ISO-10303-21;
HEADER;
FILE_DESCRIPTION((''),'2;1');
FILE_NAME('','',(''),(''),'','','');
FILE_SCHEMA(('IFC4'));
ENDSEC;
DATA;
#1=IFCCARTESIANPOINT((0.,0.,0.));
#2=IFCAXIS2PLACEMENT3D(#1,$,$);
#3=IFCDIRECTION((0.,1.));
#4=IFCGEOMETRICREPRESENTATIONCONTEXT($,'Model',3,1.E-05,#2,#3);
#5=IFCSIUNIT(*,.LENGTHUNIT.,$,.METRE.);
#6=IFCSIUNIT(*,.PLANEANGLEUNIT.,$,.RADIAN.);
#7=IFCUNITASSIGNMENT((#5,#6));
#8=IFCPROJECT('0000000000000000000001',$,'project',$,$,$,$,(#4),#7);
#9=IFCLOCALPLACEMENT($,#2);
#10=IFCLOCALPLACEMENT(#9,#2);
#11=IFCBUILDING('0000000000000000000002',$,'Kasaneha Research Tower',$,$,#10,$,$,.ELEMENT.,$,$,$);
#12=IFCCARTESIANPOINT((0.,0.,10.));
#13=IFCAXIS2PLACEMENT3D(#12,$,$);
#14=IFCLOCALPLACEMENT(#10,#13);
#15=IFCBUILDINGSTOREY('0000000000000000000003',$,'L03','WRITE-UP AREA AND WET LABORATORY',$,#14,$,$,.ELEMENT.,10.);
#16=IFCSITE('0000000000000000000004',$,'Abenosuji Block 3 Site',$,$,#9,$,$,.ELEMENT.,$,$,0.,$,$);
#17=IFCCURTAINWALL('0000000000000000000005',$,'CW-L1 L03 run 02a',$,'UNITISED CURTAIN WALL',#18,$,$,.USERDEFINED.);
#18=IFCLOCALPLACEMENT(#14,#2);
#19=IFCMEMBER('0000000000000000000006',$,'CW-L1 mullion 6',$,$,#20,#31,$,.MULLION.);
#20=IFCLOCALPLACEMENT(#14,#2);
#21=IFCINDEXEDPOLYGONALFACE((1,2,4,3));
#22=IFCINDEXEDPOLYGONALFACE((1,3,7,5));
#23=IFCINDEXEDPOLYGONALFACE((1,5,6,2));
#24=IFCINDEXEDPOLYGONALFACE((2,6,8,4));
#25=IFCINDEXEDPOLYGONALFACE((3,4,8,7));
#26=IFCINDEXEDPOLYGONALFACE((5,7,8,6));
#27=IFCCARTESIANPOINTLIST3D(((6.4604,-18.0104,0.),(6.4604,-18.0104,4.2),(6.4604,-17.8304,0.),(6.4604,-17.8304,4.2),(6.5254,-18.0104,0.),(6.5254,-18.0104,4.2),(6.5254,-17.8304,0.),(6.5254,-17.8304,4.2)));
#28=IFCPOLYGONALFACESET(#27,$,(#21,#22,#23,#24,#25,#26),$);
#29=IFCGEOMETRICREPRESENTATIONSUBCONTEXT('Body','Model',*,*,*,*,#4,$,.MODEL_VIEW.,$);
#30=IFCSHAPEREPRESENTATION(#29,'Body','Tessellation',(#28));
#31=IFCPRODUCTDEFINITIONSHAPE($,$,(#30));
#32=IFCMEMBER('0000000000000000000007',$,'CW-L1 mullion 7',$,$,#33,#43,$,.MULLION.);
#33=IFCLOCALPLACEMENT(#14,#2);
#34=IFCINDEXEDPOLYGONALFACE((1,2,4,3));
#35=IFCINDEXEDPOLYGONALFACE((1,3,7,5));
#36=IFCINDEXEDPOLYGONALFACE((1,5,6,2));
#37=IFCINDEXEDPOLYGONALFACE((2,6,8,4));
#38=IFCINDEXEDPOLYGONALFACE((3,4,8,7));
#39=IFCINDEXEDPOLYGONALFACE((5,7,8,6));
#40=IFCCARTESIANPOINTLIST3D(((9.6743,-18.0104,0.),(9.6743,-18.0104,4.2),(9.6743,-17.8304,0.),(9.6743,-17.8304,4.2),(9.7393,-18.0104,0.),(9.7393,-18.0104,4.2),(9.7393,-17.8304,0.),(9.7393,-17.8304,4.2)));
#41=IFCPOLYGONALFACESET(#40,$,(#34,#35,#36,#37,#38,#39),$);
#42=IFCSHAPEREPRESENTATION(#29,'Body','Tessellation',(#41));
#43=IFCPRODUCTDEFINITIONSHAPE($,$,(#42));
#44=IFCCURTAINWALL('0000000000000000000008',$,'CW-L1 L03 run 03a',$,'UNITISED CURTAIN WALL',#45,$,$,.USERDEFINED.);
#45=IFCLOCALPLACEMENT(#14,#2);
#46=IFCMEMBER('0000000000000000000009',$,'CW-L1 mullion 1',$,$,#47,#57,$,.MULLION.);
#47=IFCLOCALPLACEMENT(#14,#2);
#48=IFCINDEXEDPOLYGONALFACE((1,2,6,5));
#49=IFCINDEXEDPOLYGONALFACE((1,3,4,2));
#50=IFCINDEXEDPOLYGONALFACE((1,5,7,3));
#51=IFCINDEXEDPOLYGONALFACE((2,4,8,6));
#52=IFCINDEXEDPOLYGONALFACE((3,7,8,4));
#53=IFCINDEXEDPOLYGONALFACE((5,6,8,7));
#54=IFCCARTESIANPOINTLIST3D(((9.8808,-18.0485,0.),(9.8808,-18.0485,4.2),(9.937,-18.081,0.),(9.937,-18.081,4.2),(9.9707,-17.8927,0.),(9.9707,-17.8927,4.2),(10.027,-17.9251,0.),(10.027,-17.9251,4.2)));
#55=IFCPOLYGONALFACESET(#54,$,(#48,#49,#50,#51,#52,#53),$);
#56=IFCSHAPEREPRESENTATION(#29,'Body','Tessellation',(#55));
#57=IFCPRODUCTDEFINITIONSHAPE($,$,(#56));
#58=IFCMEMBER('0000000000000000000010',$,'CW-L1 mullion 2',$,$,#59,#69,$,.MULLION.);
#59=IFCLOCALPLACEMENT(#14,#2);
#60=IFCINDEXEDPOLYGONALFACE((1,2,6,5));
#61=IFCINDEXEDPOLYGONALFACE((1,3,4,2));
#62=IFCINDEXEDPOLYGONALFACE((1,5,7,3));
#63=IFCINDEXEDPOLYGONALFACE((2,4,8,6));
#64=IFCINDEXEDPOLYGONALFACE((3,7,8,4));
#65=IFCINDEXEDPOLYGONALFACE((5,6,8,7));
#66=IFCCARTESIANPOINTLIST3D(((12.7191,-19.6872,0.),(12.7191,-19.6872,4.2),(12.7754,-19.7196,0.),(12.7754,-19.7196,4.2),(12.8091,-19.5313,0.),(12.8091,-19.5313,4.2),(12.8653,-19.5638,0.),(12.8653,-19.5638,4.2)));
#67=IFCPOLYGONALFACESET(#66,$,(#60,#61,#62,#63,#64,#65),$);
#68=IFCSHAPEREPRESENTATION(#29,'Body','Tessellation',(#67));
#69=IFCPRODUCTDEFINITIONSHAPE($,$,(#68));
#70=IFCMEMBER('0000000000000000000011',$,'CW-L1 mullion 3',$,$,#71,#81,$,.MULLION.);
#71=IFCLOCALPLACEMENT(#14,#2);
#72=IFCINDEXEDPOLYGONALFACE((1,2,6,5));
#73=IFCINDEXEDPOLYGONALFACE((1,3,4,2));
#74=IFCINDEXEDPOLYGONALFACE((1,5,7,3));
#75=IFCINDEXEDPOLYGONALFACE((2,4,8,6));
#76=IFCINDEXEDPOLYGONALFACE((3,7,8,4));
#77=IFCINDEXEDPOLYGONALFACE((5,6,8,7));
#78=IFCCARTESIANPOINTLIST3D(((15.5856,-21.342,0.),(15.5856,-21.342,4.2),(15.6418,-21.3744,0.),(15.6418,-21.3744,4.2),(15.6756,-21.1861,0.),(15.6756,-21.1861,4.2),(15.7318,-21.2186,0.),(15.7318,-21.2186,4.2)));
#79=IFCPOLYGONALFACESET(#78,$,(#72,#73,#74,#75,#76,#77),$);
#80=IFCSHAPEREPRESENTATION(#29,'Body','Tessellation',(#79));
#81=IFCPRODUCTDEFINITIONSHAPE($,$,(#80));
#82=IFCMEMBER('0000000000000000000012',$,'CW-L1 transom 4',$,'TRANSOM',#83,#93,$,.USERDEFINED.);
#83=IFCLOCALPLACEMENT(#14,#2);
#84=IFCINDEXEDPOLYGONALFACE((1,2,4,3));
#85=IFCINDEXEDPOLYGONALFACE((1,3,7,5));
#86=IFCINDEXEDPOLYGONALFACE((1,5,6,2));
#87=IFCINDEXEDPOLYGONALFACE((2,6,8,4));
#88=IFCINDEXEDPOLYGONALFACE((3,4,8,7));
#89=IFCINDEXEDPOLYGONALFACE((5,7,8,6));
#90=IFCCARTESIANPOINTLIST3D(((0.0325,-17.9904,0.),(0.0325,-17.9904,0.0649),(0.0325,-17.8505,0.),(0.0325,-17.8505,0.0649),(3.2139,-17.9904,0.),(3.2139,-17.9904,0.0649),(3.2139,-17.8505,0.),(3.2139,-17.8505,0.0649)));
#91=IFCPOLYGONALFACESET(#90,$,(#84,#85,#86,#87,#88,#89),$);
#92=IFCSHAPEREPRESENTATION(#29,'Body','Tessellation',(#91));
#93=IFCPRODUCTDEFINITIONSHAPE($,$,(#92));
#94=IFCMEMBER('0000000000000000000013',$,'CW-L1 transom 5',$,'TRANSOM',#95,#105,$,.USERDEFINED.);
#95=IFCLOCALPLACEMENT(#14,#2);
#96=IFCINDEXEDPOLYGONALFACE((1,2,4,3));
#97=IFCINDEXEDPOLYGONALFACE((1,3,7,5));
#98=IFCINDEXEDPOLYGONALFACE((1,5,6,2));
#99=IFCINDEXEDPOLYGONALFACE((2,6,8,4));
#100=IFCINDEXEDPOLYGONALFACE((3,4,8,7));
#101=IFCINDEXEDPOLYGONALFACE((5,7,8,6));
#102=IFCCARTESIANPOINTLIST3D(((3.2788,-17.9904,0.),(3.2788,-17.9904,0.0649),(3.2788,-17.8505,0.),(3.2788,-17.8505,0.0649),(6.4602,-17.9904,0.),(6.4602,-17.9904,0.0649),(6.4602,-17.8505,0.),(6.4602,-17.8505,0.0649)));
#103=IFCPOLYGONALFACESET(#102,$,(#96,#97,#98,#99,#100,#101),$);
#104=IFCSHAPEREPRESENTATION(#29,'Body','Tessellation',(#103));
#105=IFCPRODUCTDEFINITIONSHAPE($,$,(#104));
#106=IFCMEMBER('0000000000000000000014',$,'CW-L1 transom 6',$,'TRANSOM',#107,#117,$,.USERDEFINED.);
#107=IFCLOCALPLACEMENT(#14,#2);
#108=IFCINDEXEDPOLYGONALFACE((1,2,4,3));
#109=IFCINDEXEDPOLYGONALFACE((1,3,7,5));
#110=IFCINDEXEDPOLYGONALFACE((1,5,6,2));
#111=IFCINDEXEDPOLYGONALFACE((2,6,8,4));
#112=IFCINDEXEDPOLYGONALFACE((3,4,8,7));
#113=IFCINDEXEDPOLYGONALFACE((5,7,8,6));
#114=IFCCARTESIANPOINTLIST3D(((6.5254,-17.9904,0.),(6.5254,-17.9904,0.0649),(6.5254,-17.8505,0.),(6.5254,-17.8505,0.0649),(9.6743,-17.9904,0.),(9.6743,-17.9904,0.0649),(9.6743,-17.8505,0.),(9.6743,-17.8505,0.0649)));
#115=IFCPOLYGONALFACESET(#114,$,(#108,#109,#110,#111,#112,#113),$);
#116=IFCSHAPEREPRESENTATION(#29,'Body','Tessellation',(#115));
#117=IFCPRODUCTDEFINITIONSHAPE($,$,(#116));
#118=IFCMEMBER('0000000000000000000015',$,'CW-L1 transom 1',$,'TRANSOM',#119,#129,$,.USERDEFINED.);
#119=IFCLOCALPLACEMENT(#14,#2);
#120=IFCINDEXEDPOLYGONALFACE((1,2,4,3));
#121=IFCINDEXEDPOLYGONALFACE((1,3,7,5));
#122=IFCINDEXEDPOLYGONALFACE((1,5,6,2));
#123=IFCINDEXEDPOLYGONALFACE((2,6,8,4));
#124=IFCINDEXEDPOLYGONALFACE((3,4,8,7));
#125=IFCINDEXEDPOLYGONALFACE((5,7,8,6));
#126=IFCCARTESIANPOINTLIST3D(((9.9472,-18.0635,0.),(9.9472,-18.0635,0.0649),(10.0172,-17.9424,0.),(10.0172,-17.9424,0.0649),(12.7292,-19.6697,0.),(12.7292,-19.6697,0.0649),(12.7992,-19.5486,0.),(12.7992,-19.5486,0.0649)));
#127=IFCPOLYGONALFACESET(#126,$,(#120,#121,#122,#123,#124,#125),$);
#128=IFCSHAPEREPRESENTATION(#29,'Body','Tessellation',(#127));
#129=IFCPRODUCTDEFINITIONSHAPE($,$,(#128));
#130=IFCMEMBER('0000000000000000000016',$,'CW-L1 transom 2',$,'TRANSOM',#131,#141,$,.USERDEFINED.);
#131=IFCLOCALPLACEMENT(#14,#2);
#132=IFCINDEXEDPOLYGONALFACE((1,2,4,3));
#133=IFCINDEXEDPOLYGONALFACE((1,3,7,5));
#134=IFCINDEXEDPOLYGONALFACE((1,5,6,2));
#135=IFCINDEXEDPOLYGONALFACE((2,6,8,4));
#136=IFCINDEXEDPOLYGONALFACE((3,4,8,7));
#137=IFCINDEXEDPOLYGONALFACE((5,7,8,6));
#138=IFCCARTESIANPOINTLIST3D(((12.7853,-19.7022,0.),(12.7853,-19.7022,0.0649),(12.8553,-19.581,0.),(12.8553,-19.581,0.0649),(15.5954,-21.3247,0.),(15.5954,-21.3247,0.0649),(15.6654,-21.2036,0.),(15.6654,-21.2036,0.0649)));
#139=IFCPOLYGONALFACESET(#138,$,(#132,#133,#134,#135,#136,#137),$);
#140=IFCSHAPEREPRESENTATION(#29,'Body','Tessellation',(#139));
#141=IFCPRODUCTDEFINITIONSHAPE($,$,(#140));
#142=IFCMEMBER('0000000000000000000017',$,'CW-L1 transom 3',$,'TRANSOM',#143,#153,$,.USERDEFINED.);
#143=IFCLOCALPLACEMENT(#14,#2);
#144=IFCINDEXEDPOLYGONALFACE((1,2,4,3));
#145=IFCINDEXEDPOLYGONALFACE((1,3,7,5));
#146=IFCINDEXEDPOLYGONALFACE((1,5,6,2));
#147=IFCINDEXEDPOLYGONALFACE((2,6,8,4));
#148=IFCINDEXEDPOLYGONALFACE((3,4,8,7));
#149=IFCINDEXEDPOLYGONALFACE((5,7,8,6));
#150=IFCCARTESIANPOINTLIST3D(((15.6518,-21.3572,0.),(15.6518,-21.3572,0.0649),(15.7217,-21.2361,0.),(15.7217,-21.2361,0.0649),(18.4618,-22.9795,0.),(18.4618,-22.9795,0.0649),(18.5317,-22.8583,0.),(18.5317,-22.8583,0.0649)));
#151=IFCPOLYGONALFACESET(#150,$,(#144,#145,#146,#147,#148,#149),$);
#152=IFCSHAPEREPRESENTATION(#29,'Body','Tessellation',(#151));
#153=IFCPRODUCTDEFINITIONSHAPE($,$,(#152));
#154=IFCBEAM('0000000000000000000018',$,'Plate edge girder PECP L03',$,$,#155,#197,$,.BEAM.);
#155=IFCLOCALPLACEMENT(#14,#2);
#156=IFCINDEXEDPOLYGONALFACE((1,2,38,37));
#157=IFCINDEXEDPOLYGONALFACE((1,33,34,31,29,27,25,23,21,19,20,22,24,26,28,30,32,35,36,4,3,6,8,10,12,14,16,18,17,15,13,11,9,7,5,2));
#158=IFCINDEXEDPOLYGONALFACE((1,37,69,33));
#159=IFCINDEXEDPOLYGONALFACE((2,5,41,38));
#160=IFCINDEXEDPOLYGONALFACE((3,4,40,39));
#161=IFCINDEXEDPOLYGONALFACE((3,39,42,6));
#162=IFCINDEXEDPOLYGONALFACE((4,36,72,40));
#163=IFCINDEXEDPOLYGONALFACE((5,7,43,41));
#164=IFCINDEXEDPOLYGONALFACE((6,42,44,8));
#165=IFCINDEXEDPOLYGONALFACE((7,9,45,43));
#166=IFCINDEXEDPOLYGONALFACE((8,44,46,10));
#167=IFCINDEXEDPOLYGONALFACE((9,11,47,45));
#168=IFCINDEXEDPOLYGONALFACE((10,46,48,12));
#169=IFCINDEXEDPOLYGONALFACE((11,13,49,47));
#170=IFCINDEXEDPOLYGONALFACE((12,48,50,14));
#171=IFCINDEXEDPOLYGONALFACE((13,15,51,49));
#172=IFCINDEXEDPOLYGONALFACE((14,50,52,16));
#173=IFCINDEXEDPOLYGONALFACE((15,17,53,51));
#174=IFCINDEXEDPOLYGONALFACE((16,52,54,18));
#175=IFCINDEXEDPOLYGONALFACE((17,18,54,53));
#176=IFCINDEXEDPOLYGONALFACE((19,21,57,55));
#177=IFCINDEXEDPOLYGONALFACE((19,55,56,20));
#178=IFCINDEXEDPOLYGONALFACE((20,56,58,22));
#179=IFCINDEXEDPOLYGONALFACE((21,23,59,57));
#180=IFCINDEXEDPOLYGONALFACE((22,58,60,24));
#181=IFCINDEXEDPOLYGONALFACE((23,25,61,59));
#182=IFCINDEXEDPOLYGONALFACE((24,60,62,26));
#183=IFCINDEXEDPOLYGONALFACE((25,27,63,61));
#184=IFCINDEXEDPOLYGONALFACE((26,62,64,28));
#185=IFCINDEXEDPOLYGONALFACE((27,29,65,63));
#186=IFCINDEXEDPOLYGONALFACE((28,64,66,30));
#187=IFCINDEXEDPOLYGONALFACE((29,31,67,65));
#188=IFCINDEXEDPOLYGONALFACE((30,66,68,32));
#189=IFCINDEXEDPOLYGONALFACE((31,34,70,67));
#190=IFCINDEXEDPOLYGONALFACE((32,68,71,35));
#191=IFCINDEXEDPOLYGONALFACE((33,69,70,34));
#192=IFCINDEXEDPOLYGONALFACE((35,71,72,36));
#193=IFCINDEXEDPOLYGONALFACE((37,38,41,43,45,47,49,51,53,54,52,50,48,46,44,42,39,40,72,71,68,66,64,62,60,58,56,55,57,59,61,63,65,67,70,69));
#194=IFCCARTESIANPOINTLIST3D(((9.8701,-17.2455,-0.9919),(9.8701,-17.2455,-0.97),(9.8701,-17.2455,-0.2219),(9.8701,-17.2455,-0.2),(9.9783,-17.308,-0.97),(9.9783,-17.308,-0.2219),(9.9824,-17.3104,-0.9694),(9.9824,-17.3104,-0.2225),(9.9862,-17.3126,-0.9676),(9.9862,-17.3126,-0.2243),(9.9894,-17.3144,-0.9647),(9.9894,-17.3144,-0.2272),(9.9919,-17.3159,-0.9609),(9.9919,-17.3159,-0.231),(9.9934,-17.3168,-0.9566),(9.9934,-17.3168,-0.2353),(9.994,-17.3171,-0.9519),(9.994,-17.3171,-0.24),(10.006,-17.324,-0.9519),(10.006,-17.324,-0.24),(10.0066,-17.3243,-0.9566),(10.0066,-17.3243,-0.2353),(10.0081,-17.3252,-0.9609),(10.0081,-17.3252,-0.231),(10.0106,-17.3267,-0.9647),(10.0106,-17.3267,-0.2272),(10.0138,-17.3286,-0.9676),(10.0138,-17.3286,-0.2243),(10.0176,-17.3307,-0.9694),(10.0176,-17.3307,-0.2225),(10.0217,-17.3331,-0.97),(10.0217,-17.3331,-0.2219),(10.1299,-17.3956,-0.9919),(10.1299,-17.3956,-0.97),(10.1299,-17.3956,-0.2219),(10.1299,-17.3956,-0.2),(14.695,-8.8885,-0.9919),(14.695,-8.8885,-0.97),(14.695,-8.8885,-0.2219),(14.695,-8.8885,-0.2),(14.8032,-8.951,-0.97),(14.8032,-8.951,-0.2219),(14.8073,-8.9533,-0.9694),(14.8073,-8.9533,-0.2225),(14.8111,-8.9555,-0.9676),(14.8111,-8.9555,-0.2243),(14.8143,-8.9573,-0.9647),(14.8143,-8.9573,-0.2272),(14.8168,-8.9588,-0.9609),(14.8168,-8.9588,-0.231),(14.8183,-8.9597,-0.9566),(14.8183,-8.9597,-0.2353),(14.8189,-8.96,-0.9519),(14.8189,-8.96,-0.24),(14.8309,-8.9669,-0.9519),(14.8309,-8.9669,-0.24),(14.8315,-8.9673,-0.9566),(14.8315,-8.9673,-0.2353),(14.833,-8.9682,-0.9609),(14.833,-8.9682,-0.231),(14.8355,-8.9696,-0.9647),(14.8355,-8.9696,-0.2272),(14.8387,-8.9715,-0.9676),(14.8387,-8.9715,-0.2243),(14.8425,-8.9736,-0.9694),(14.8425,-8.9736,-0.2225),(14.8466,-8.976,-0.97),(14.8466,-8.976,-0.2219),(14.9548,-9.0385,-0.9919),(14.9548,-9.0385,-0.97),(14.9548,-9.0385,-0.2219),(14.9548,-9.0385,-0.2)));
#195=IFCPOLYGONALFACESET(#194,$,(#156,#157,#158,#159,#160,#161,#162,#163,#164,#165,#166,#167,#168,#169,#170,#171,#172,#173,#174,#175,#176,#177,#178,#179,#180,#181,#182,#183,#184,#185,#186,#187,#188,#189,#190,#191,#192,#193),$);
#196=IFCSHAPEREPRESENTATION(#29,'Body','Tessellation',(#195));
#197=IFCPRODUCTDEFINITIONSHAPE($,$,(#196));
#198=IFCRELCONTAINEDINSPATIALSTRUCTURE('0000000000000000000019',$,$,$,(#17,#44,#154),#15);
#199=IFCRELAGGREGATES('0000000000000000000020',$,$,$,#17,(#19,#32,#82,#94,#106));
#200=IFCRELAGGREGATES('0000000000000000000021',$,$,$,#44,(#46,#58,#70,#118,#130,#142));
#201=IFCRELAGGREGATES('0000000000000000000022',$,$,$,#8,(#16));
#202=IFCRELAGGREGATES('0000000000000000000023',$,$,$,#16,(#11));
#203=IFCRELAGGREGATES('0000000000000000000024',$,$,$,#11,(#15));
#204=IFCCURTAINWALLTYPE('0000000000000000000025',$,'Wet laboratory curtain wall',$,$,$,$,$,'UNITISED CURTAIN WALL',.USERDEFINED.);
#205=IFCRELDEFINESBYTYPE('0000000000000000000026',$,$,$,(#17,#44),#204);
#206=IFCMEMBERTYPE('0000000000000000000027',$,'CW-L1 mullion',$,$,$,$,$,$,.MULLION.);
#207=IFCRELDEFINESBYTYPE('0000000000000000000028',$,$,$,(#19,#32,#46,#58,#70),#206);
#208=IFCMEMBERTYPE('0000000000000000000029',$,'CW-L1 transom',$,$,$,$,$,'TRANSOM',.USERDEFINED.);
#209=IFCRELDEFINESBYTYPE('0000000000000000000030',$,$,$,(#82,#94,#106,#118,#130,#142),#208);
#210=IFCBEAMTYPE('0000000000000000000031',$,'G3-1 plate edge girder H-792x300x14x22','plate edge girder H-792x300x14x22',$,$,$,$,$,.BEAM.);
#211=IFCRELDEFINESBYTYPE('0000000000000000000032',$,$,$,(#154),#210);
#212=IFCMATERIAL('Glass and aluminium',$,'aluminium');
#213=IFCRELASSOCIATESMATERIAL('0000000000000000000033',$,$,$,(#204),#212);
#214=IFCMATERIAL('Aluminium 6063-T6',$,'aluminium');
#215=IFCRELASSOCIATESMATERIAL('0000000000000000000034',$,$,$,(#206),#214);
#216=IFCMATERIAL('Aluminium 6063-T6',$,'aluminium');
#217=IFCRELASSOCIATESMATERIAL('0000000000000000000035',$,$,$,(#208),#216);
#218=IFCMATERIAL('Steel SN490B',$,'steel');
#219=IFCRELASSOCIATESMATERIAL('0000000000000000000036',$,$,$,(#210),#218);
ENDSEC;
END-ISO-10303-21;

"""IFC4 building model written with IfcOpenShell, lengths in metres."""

from ifc_helpers import new_model, si_unit, direction, frame, origin, origin_2d, place, context, subcontext, project, spatial, rectangle, i_section, extrude, material, material_profile, profile_set, type_object, element, aggregate, save


model = new_model("IFC4")

# Units and contexts
model_context = context("Model", 3, precision=1e-05, world=origin(), true_north=direction((0.0, 1.0)))
body_context = subcontext(model_context, "Body", "Model", "MODEL_VIEW")
ifc_project = project(units=[si_unit("LENGTHUNIT", "METRE"), si_unit("PLANEANGLEUNIT", "RADIAN")], contexts=[model_context])

# Site, building, storey
site_placement = place(None, origin())
site = spatial("IfcSite", under=ifc_project, at=site_placement, Name="Abenosuji Block 3 Site", CompositionType="ELEMENT", RefElevation=0.0)
building_placement = place(site_placement, origin())
building = spatial("IfcBuilding", under=site, at=building_placement, Name="Kasaneha Research Tower", CompositionType="ELEMENT")
storey_placement = place(building_placement, frame((0.0, 0.0, 10.0)))
storey = spatial("IfcBuildingStorey", under=building, at=storey_placement, Name="L03", Description="WRITE-UP AREA AND WET LABORATORY", CompositionType="ELEMENT", Elevation=10.0)

# Curtain walls, members
ifc_material_1 = material(Name="Glass and aluminium", Category="aluminium")
curtain_wall_type = type_object("IfcCurtainWallType", Name="Wet laboratory curtain wall", ElementType="UNITISED CURTAIN WALL", PredefinedType="USERDEFINED", material=ifc_material_1)
curtain_wall_1_placement = place(storey_placement, origin())
curtain_wall_1 = element("IfcCurtainWall", 1, at=curtain_wall_1_placement, inside=storey, type_object=curtain_wall_type, Name="CW-L1 L03 run 02a", ObjectType="UNITISED CURTAIN WALL", PredefinedType="USERDEFINED")
ifc_material_2 = material(Name="Aluminium 6063-T6", Category="aluminium")
ifc_material_profile_1 = material_profile(ifc_material_2, rectangle(XDim=0.0649, YDim=0.1799, at=origin_2d()), Name="CW-L1 mullion 65x180")
ifc_profile_set_1 = profile_set([ifc_material_profile_1], Name="Aluminium 6063-T6")
member_type_1 = type_object("IfcMemberType", Name="CW-L1 mullion", PredefinedType="MULLION", material=ifc_profile_set_1)
member_1_placement = place(storey_placement, frame((6.4929, -17.9204, 0.0), z_axis=(0.0, 0.0, 1.0), x_axis=(1.0, 0.0, 0.0)))
member_1 = element("IfcMember", 2, at=member_1_placement, type_object=member_type_1, Name="CW-L1 mullion 6", PredefinedType="MULLION", context=body_context, shape_type="SweptSolid", body=[
    extrude(rectangle(XDim=0.0649, YDim=0.1799, at=origin_2d()), origin(), (0.0, 0.0, 1.0), 4.2),
])
member_2_placement = place(storey_placement, frame((9.7068, -17.9204, 0.0), z_axis=(0.0, 0.0, 1.0), x_axis=(1.0, 0.0, 0.0)))
member_2 = element("IfcMember", 3, at=member_2_placement, type_object=member_type_1, Name="CW-L1 mullion 7", PredefinedType="MULLION", context=body_context, shape_type="SweptSolid", body=[
    extrude(rectangle(XDim=0.0649, YDim=0.1799, at=origin_2d()), origin(), (0.0, 0.0, 1.0), 4.2),
])
curtain_wall_2_placement = place(storey_placement, origin())
curtain_wall_2 = element("IfcCurtainWall", 4, at=curtain_wall_2_placement, inside=storey, type_object=curtain_wall_type, Name="CW-L1 L03 run 03a", ObjectType="UNITISED CURTAIN WALL", PredefinedType="USERDEFINED")
member_3_placement = place(storey_placement, frame((9.9539, -17.9868, 0.0), z_axis=(0.0, 0.0, 1.0), x_axis=(0.866025, -0.5, 0.0)))
member_3 = element("IfcMember", 5, at=member_3_placement, type_object=member_type_1, Name="CW-L1 mullion 1", PredefinedType="MULLION", context=body_context, shape_type="SweptSolid", body=[
    extrude(rectangle(XDim=0.0649, YDim=0.1799, at=origin_2d()), origin(), (0.0, 0.0, 1.0), 4.2),
])
member_4_placement = place(storey_placement, frame((12.7922, -19.6255, 0.0), z_axis=(0.0, 0.0, 1.0), x_axis=(0.866025, -0.5, 0.0)))
member_4 = element("IfcMember", 6, at=member_4_placement, type_object=member_type_1, Name="CW-L1 mullion 2", PredefinedType="MULLION", context=body_context, shape_type="SweptSolid", body=[
    extrude(rectangle(XDim=0.0649, YDim=0.1799, at=origin_2d()), origin(), (0.0, 0.0, 1.0), 4.2),
])
member_5_placement = place(storey_placement, frame((15.6587, -21.2803, 0.0), z_axis=(0.0, 0.0, 1.0), x_axis=(0.866025, -0.5, 0.0)))
member_5 = element("IfcMember", 7, at=member_5_placement, type_object=member_type_1, Name="CW-L1 mullion 3", PredefinedType="MULLION", context=body_context, shape_type="SweptSolid", body=[
    extrude(rectangle(XDim=0.0649, YDim=0.1799, at=origin_2d()), origin(), (0.0, 0.0, 1.0), 4.2),
])

# Members
ifc_material_3 = material(Name="Aluminium 6063-T6", Category="aluminium")
ifc_material_profile_2 = material_profile(ifc_material_3, rectangle(XDim=0.1399, YDim=0.0649, at=origin_2d()), Name="CW-L1 transom 140x65")
ifc_profile_set_2 = profile_set([ifc_material_profile_2], Name="Aluminium 6063-T6")
member_type_2 = type_object("IfcMemberType", Name="CW-L1 transom", ElementType="TRANSOM", PredefinedType="USERDEFINED", material=ifc_profile_set_2)
member_6_placement = place(storey_placement, frame((0.0325, -17.9204, 0.0325), z_axis=(1.0, 0.0, 0.0), x_axis=(0.0, 1.0, 0.0)))
member_6 = element("IfcMember", 8, at=member_6_placement, type_object=member_type_2, Name="CW-L1 transom 4", ObjectType="TRANSOM", PredefinedType="USERDEFINED", context=body_context, shape_type="SweptSolid", body=[
    extrude(rectangle(XDim=0.1399, YDim=0.0649, at=origin_2d()), origin(), (0.0, 0.0, 1.0), 3.1814),
])
member_7_placement = place(storey_placement, frame((3.2788, -17.9204, 0.0325), z_axis=(1.0, 0.0, 0.0), x_axis=(0.0, 1.0, 0.0)))
member_7 = element("IfcMember", 9, at=member_7_placement, type_object=member_type_2, Name="CW-L1 transom 5", ObjectType="TRANSOM", PredefinedType="USERDEFINED", context=body_context, shape_type="SweptSolid", body=[
    extrude(rectangle(XDim=0.1399, YDim=0.0649, at=origin_2d()), origin(), (0.0, 0.0, 1.0), 3.1814),
])
member_8_placement = place(storey_placement, frame((6.5254, -17.9204, 0.0325), z_axis=(1.0, 0.0, 0.0), x_axis=(0.0, 1.0, 0.0)))
member_8 = element("IfcMember", 10, at=member_8_placement, type_object=member_type_2, Name="CW-L1 transom 6", ObjectType="TRANSOM", PredefinedType="USERDEFINED", context=body_context, shape_type="SweptSolid", body=[
    extrude(rectangle(XDim=0.1399, YDim=0.0649, at=origin_2d()), origin(), (0.0, 0.0, 1.0), 3.1489),
])
member_9_placement = place(storey_placement, frame((9.9822, -18.0029, 0.0325), z_axis=(0.866022, -0.500005, 0.0), x_axis=(0.500005, 0.866022, 0.0)))
member_9 = element("IfcMember", 11, at=member_9_placement, type_object=member_type_2, Name="CW-L1 transom 1", ObjectType="TRANSOM", PredefinedType="USERDEFINED", context=body_context, shape_type="SweptSolid", body=[
    extrude(rectangle(XDim=0.1399, YDim=0.0649, at=origin_2d()), origin(), (0.0, 0.0, 1.0), 3.2124),
])
member_10_placement = place(storey_placement, frame((12.8203, -19.6416, 0.0325), z_axis=(0.866003, -0.500039, 0.0), x_axis=(0.500039, 0.866003, 0.0)))
member_10 = element("IfcMember", 12, at=member_10_placement, type_object=member_type_2, Name="CW-L1 transom 2", ObjectType="TRANSOM", PredefinedType="USERDEFINED", context=body_context, shape_type="SweptSolid", body=[
    extrude(rectangle(XDim=0.1399, YDim=0.0649, at=origin_2d()), origin(), (0.0, 0.0, 1.0), 3.2449),
])
member_11_placement = place(storey_placement, frame((15.6868, -21.2966, 0.0325), z_axis=(0.866035, -0.499983, 0.0), x_axis=(0.499983, 0.866035, 0.0)))
member_11 = element("IfcMember", 13, at=member_11_placement, type_object=member_type_2, Name="CW-L1 transom 3", ObjectType="TRANSOM", PredefinedType="USERDEFINED", context=body_context, shape_type="SweptSolid", body=[
    extrude(rectangle(XDim=0.1399, YDim=0.0649, at=origin_2d()), origin(), (0.0, 0.0, 1.0), 3.2446),
])

# Beam
ifc_material_4 = material(Name="Steel SN490B", Category="steel")
ifc_material_profile_3 = material_profile(ifc_material_4, i_section(OverallWidth=0.3, OverallDepth=0.792, WebThickness=0.0139, FlangeThickness=0.022, FilletRadius=0.0181, at=origin_2d()), Name="H-792x300x14x22")
ifc_profile_set_3 = profile_set([ifc_material_profile_3], Name="Steel SN490B")
beam_type_1 = type_object("IfcBeamType", Name="G3-1 plate edge girder H-792x300x14x22", Description="plate edge girder H-792x300x14x22", PredefinedType="BEAM", material=ifc_profile_set_3)
beam_1_placement = place(storey_placement, frame((10.0, -17.3206, -0.5959), z_axis=(0.499995, 0.866028, 0.0), x_axis=(-0.866028, 0.499995, 0.0)))
element("IfcBeam", 14, at=beam_1_placement, inside=storey, type_object=beam_type_1, Name="Plate edge girder PECP L03", PredefinedType="BEAM", context=body_context, shape_type="SweptSolid", body=[
    extrude(i_section(OverallWidth=0.3, OverallDepth=0.792, WebThickness=0.0139, FlangeThickness=0.022, FilletRadius=0.0181, at=origin_2d()), origin(), (0.0, 0.0, 1.0), 9.6499),
])

aggregate(curtain_wall_1, [member_1, member_2, member_6, member_7, member_8])
aggregate(curtain_wall_2, [member_3, member_4, member_5, member_9, member_10, member_11])

save(model, "model.ifc")
